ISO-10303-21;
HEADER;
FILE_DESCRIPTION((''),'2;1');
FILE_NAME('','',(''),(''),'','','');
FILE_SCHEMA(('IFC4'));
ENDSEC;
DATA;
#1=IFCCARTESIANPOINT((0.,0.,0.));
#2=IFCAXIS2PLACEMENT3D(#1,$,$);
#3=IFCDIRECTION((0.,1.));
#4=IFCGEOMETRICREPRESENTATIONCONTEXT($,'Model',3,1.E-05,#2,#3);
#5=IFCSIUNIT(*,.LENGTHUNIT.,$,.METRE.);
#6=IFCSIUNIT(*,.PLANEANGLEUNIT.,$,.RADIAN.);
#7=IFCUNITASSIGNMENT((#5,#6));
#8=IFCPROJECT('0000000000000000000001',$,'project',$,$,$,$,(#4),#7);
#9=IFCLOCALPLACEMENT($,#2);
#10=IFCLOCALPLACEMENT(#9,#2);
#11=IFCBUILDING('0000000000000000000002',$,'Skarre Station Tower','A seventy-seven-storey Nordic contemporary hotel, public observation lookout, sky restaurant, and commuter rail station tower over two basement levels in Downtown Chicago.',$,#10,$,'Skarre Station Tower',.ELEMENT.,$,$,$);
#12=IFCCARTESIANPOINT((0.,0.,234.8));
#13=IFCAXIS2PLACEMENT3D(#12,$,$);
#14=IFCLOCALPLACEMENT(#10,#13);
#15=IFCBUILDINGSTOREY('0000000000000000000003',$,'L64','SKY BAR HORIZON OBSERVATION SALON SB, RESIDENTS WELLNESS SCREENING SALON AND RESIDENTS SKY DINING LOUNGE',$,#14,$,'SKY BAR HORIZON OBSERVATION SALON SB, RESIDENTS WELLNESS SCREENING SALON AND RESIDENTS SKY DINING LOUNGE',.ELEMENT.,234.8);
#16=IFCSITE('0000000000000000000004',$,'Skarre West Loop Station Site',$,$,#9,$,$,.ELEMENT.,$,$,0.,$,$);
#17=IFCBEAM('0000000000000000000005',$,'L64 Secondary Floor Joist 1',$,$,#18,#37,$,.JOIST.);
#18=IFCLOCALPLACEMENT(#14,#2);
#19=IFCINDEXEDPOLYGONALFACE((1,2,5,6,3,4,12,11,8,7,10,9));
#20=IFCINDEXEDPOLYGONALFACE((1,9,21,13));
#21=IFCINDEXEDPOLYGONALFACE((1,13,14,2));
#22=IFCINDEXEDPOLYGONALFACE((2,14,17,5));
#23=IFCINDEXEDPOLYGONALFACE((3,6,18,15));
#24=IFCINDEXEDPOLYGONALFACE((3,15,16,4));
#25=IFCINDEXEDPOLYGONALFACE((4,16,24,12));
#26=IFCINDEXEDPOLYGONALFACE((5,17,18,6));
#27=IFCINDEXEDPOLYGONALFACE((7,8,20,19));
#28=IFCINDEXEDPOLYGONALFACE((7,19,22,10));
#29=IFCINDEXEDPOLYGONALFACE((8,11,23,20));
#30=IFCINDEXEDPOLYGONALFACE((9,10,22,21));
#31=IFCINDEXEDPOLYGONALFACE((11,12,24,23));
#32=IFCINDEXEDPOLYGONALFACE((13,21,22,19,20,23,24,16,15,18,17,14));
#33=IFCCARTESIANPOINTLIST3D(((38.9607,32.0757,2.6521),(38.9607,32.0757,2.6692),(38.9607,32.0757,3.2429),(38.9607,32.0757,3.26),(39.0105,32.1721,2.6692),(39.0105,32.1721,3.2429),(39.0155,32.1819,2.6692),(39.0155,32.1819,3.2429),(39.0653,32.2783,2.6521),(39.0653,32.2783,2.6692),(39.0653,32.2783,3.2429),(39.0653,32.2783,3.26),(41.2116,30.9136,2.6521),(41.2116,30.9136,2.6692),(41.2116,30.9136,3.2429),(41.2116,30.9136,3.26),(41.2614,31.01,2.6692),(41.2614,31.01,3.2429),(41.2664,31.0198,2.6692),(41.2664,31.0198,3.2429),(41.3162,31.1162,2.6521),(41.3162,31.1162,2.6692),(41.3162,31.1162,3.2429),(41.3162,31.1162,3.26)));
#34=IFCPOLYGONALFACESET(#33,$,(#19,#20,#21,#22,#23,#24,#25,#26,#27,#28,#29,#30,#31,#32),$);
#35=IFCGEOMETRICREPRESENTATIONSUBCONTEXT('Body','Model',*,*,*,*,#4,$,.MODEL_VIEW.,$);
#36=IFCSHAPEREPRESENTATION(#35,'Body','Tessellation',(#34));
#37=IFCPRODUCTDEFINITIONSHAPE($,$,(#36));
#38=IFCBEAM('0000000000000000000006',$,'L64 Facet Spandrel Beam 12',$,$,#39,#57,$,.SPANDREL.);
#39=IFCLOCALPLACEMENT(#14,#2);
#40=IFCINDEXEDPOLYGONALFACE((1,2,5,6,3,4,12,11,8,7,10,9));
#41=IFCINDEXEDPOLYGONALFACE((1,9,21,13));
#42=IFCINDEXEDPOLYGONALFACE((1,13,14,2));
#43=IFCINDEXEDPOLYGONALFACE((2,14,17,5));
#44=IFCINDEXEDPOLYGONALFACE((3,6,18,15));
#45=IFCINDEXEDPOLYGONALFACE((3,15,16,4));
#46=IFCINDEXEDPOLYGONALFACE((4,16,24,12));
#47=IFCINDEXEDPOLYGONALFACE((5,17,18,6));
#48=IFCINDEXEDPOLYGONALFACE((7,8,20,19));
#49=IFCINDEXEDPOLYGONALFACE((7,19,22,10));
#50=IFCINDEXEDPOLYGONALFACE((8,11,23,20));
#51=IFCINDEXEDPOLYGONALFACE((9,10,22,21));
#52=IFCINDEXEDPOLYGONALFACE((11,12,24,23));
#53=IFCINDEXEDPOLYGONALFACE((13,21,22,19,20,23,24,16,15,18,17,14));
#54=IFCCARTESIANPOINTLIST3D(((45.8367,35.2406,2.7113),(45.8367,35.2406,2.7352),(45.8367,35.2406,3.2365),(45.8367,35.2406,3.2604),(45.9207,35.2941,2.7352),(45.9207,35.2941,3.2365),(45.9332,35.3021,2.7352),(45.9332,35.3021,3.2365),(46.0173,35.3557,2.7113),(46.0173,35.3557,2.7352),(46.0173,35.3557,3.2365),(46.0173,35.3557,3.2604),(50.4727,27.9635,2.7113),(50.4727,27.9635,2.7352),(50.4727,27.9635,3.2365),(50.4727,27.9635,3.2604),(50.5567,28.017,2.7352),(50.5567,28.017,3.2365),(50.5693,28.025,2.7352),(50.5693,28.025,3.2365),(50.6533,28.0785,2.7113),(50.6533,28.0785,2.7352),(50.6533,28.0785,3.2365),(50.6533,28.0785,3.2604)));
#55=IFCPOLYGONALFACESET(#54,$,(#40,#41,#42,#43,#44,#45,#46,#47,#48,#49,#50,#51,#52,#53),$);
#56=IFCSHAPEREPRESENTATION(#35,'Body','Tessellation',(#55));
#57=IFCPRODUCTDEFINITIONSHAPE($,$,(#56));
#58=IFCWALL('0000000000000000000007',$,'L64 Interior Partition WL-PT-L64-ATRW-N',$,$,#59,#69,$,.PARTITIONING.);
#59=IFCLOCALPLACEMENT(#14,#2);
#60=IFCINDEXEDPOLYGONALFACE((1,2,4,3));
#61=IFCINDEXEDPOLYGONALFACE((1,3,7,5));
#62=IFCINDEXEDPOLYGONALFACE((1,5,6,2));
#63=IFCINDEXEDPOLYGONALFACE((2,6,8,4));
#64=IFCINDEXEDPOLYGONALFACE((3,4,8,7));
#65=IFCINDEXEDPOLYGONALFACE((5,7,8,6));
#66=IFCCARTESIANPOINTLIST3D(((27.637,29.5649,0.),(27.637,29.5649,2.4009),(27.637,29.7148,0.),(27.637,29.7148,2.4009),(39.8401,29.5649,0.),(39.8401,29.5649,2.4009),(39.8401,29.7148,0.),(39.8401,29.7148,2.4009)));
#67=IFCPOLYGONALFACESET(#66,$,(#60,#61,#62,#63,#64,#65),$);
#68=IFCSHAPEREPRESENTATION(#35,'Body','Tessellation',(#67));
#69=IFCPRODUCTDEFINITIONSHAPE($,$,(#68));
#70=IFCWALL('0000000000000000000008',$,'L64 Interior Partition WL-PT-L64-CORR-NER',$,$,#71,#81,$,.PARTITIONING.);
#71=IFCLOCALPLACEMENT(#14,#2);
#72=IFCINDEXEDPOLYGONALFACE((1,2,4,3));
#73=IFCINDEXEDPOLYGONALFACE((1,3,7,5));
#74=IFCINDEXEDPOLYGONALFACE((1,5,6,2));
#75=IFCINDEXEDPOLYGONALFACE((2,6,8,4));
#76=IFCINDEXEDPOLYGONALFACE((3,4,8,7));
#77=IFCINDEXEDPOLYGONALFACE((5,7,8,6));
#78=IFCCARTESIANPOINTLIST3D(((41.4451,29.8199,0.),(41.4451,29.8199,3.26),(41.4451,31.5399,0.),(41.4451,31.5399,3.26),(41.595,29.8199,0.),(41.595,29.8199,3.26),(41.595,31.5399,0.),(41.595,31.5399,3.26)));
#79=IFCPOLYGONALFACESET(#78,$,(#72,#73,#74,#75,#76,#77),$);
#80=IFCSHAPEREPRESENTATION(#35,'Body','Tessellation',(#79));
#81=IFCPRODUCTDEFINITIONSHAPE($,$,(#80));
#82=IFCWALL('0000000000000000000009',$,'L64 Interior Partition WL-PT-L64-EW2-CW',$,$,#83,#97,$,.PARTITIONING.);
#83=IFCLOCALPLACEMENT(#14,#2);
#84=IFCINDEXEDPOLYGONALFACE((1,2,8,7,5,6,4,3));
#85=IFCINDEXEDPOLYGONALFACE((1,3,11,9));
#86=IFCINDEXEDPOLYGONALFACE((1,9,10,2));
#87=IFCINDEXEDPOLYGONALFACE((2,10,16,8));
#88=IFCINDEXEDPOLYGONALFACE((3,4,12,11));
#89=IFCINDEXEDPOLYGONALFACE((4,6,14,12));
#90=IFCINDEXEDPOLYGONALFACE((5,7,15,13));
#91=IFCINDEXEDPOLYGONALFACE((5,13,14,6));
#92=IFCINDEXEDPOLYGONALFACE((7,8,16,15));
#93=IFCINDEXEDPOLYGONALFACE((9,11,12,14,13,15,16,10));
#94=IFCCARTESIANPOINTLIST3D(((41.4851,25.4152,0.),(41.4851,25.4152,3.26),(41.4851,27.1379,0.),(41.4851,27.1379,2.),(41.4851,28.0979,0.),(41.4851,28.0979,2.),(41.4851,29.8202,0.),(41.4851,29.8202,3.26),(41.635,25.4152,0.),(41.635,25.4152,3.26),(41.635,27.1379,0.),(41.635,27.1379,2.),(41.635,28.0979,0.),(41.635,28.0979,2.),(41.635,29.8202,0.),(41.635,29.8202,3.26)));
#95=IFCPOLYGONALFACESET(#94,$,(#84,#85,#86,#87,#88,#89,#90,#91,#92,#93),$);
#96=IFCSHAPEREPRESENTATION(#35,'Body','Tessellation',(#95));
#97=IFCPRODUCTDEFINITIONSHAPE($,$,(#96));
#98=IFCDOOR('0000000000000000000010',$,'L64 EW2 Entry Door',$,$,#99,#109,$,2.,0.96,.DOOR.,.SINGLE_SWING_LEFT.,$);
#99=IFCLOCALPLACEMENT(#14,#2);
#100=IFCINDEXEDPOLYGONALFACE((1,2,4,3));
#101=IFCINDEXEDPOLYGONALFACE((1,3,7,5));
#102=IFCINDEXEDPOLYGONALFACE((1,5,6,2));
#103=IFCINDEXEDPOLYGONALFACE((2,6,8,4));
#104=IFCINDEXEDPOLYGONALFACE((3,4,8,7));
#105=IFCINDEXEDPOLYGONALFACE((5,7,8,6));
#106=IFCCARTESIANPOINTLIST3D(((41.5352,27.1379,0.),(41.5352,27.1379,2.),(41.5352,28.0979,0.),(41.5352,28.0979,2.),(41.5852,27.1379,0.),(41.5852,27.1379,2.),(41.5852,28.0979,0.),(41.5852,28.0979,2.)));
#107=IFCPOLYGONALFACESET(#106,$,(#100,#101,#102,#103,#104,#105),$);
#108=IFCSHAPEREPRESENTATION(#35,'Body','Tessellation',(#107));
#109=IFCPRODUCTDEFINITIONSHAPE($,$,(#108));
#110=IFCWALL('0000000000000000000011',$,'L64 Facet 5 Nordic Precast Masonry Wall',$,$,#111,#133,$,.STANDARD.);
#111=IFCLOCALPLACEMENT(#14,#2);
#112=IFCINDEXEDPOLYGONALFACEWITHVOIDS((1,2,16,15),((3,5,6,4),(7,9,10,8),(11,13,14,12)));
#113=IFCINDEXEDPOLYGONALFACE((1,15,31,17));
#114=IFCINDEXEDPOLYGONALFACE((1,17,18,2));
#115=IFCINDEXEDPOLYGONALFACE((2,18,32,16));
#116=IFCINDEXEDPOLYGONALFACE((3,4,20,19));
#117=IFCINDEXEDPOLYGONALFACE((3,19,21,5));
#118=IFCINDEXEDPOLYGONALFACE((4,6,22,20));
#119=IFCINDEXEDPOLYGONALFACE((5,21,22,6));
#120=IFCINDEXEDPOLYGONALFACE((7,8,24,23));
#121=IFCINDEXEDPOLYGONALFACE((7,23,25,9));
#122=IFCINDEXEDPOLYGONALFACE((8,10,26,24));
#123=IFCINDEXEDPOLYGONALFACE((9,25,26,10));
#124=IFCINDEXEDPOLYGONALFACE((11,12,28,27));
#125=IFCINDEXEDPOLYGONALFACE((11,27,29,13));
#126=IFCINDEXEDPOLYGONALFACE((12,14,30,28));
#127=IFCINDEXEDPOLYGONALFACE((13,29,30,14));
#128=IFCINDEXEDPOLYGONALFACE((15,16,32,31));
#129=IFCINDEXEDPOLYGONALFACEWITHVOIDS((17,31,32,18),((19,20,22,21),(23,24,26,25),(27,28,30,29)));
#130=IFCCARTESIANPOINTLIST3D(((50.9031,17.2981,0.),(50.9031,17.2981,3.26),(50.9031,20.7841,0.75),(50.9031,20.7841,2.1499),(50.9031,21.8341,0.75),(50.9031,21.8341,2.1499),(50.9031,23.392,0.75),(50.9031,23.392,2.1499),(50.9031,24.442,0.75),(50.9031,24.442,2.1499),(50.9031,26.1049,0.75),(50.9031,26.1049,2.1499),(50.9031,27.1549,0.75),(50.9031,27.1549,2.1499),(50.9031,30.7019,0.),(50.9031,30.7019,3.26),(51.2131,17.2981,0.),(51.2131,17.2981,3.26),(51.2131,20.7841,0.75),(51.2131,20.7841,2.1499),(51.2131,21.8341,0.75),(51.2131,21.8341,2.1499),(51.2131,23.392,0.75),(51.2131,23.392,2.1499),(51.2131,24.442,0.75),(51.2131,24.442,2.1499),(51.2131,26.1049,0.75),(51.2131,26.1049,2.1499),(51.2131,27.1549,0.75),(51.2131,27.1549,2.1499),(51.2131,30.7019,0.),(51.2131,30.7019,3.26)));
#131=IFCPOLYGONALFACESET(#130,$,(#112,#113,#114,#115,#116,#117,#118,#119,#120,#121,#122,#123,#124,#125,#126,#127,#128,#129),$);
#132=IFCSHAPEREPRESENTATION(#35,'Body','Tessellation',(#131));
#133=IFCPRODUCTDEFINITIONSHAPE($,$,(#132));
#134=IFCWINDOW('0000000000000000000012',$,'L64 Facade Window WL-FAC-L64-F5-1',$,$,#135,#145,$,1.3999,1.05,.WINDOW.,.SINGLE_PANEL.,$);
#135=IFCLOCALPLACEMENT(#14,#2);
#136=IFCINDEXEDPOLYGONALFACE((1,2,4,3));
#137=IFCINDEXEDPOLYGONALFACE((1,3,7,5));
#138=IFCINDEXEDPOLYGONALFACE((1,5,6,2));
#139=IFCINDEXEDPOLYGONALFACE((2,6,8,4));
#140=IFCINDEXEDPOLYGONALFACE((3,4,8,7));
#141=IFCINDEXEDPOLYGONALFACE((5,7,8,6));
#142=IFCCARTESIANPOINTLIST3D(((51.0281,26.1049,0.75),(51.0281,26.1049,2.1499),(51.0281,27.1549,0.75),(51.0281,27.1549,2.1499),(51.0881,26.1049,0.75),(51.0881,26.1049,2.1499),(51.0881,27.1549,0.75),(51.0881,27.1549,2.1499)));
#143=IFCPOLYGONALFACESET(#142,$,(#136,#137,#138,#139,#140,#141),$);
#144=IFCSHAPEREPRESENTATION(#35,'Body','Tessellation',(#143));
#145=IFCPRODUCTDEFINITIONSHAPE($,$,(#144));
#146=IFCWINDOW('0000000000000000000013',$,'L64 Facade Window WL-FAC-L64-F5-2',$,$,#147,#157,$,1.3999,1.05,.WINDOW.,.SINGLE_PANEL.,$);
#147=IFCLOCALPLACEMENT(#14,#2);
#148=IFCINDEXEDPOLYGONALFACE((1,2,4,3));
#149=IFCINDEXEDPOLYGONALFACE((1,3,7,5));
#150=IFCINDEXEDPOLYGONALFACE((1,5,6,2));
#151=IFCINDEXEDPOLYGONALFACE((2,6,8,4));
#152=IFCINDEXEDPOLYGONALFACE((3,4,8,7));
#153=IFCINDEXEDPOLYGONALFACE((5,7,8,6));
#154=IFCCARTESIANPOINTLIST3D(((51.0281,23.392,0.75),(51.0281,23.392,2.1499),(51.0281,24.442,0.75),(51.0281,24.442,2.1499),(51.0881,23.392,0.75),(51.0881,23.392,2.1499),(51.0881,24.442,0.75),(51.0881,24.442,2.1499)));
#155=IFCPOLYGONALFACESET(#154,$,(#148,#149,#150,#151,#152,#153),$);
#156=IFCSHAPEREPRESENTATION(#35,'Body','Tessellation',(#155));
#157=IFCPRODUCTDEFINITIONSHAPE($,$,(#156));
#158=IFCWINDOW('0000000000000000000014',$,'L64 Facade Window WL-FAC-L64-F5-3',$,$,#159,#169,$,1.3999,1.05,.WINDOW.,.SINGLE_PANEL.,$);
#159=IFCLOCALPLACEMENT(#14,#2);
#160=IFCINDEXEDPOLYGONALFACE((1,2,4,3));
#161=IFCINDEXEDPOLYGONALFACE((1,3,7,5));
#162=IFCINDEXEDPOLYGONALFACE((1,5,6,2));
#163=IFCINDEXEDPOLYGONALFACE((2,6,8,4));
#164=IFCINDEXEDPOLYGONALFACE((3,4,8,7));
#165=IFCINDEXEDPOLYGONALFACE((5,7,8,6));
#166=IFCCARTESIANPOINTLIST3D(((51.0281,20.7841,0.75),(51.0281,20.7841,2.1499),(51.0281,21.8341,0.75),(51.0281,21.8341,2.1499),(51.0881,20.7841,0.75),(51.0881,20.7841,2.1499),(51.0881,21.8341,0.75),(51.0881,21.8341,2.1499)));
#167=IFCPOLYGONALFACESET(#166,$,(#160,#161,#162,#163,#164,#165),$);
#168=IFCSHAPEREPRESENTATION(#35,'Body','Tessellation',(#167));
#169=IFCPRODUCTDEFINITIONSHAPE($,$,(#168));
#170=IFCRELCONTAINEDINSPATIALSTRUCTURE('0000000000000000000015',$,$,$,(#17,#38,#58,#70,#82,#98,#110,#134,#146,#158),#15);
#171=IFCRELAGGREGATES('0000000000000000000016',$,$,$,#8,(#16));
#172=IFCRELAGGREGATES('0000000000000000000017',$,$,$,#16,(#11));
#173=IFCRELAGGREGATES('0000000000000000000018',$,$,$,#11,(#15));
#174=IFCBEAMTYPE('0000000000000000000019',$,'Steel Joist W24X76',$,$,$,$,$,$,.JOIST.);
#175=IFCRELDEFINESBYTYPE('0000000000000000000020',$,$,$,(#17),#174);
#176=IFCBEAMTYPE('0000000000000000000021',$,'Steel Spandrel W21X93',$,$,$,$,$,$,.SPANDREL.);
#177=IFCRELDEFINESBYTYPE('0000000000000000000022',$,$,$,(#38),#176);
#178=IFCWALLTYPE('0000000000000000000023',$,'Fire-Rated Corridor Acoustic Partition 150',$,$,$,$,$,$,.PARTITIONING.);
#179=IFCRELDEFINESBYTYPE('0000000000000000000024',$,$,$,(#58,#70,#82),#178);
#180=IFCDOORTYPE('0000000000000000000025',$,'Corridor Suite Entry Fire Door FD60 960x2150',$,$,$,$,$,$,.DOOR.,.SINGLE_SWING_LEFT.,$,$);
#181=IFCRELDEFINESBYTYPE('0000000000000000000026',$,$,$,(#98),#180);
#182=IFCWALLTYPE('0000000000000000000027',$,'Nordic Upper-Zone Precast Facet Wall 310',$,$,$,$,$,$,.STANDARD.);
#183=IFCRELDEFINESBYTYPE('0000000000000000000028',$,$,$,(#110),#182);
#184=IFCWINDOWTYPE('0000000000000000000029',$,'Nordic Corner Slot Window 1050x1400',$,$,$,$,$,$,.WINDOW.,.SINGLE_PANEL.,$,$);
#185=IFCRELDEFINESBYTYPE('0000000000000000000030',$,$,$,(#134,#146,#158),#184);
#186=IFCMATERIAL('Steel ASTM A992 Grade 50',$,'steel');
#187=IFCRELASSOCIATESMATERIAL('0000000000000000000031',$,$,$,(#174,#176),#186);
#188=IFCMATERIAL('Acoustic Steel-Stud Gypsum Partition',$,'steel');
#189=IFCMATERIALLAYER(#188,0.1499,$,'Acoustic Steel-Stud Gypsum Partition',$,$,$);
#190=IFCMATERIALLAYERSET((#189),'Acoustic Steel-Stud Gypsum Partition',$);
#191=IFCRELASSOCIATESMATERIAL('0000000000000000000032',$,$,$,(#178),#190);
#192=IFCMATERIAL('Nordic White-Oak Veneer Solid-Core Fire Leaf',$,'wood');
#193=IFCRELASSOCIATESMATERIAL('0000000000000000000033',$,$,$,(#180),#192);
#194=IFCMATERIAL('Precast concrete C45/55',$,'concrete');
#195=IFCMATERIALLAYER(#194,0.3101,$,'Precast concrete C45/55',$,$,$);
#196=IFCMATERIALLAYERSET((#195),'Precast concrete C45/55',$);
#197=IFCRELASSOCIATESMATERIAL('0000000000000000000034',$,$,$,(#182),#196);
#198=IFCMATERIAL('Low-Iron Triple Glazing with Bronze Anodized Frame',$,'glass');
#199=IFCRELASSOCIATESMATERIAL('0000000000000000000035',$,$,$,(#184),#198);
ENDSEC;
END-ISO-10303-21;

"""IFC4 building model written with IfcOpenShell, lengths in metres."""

from ifc_helpers import new_model, si_unit, direction, frame, frame_2d, origin, origin_2d, place, context, subcontext, project, spatial, rectangle, i_section, extrude, material, layer, layer_set, material_profile, profile_set, type_object, element, fill, save


model = new_model("IFC4")

# Units and contexts
model_context = context("Model", 3, precision=1e-05, world=origin(), true_north=direction((0.0, 1.0)))
body_context = subcontext(model_context, "Body", "Model", "MODEL_VIEW")
ifc_project = project(units=[si_unit("LENGTHUNIT", "METRE"), si_unit("PLANEANGLEUNIT", "RADIAN")], contexts=[model_context])

# Site, building, storey
site_placement = place(None, origin())
site = spatial("IfcSite", under=ifc_project, at=site_placement, Name="Skarre West Loop Station Site", CompositionType="ELEMENT", RefElevation=0.0)
building_placement = place(site_placement, origin())
building = spatial("IfcBuilding", under=site, at=building_placement, Name="Skarre Station Tower", Description="A seventy-seven-storey Nordic contemporary hotel, public observation lookout, sky restaurant, and commuter rail station tower over two basement levels in Downtown Chicago.", LongName="Skarre Station Tower", CompositionType="ELEMENT")
storey_placement = place(building_placement, frame((0.0, 0.0, 234.8)))
storey = spatial("IfcBuildingStorey", under=building, at=storey_placement, Name="L64", Description="SKY BAR HORIZON OBSERVATION SALON SB, RESIDENTS WELLNESS SCREENING SALON AND RESIDENTS SKY DINING LOUNGE", LongName="SKY BAR HORIZON OBSERVATION SALON SB, RESIDENTS WELLNESS SCREENING SALON AND RESIDENTS SKY DINING LOUNGE", CompositionType="ELEMENT", Elevation=234.8)

# Beams
ifc_material_1 = material(Name="Steel ASTM A992 Grade 50", Category="steel")
ifc_material_profile_1 = material_profile(ifc_material_1, i_section(OverallWidth=0.228, OverallDepth=0.6079, WebThickness=0.011, FlangeThickness=0.0171, at=origin_2d()), Name="Steel ASTM A992 Grade 50")
ifc_profile_set_1 = profile_set([ifc_material_profile_1], Name="Steel ASTM A992 Grade 50")
beam_type_1 = type_object("IfcBeamType", Name="Steel Joist W24X76", PredefinedType="JOIST", material=ifc_profile_set_1)
beam_1_placement = place(storey_placement, frame((41.2639, 31.0149, 2.9561), z_axis=(-0.88857, 0.458741, 0.0), x_axis=(-0.458741, -0.88857, 0.0)))
element("IfcBeam", 1, at=beam_1_placement, inside=storey, type_object=beam_type_1, Name="L64 Secondary Floor Joist 1", PredefinedType="JOIST", context=body_context, shape_type="SweptSolid", body=[
    extrude(i_section(OverallWidth=0.228, OverallDepth=0.6079, WebThickness=0.011, FlangeThickness=0.0171, at=origin_2d()), origin(), (0.0, 0.0, 1.0), 2.5332),
])
ifc_material_profile_2 = material_profile(ifc_material_1, i_section(OverallWidth=0.2141, OverallDepth=0.5491, WebThickness=0.0149, FlangeThickness=0.0239, at=origin_2d()), Name="Steel ASTM A992 Grade 50")
ifc_profile_set_2 = profile_set([ifc_material_profile_2], Name="Steel ASTM A992 Grade 50")
beam_type_2 = type_object("IfcBeamType", Name="Steel Spandrel W21X93", PredefinedType="SPANDREL", material=ifc_profile_set_2)
beam_2_placement = place(storey_placement, frame((50.563, 28.021, 2.9858), z_axis=(-0.537297, 0.843393, 0.0), x_axis=(-0.843393, -0.537297, 0.0)))
element("IfcBeam", 2, at=beam_2_placement, inside=storey, type_object=beam_type_2, Name="L64 Facet Spandrel Beam 12", PredefinedType="SPANDREL", context=body_context, shape_type="SweptSolid", body=[
    extrude(i_section(OverallWidth=0.2141, OverallDepth=0.5491, WebThickness=0.0149, FlangeThickness=0.0239, at=origin_2d()), origin(), (0.0, 0.0, 1.0), 8.6284),
])

# Walls
ifc_material_2 = material(Name="Acoustic Steel-Stud Gypsum Partition", Category="steel")
ifc_layer_1 = layer(ifc_material_2, 0.1499, Name="Acoustic Steel-Stud Gypsum Partition")
ifc_layer_set_1 = layer_set([ifc_layer_1], Name="Acoustic Steel-Stud Gypsum Partition")
wall_type_1 = type_object("IfcWallType", Name="Fire-Rated Corridor Acoustic Partition 150", PredefinedType="PARTITIONING", material=ifc_layer_set_1)
wall_1_placement = place(storey_placement, frame((39.8401, 29.6399, 0.0), z_axis=(0.0, 0.0, 1.0), x_axis=(-1.0, 0.0, 0.0)))
element("IfcWall", 3, at=wall_1_placement, inside=storey, type_object=wall_type_1, Name="L64 Interior Partition WL-PT-L64-ATRW-N", PredefinedType="PARTITIONING", context=body_context, shape_type="SweptSolid", body=[
    extrude(rectangle(XDim=12.2031, YDim=0.1499, at=frame_2d((6.1016, 0.0))), origin(), (0.0, 0.0, 1.0), 2.4009),
])
wall_2_placement = place(storey_placement, frame((41.52, 29.8201, 0.0), z_axis=(0.0, 0.0, 1.0), x_axis=(0.0, 1.0, 0.0)))
element("IfcWall", 4, at=wall_2_placement, inside=storey, type_object=wall_type_1, Name="L64 Interior Partition WL-PT-L64-CORR-NER", PredefinedType="PARTITIONING", context=body_context, shape_type="SweptSolid", body=[
    extrude(rectangle(XDim=1.72, YDim=0.1499, at=frame_2d((0.8599, 0.0))), origin(), (0.0, 0.0, 1.0), 3.26),
])

# Wall, opening, door
wall_3_placement = place(storey_placement, frame((41.5601, 25.415, 0.0), z_axis=(0.0, 0.0, 1.0), x_axis=(0.0, 1.0, 0.0)))
wall_3 = element("IfcWall", 5, at=wall_3_placement, inside=storey, type_object=wall_type_1, Name="L64 Interior Partition WL-PT-L64-EW2-CW", PredefinedType="PARTITIONING", context=body_context, shape_type="SweptSolid", body=[
    extrude(rectangle(XDim=4.405, YDim=0.1499, at=frame_2d((2.2026, 0.0))), origin(), (0.0, 0.0, 1.0), 3.26),
])
opening_1_placement = place(wall_3_placement, frame((1.7229, 0.0, 0.0)))
opening_1 = element("IfcOpeningElement", 6, at=opening_1_placement, cuts=wall_3, PredefinedType="OPENING", context=body_context, shape_type="SweptSolid", body=[
    extrude(rectangle(XDim=0.96, YDim=2.0, at=frame_2d((0.48, 1.0))), frame((0.0, 0.085, 0.0), z_axis=(0.0, -1.0, 0.0), x_axis=(1.0, 0.0, 0.0)), (0.0, 0.0, 1.0), 0.1699),
])
ifc_material_3 = material(Name="Nordic White-Oak Veneer Solid-Core Fire Leaf", Category="wood")
door_type = type_object("IfcDoorType", Name="Corridor Suite Entry Fire Door FD60 960x2150", OperationType="SINGLE_SWING_LEFT", PredefinedType="DOOR", material=ifc_material_3)
door_placement = place(opening_1_placement, origin())
door = element("IfcDoor", 7, at=door_placement, inside=storey, type_object=door_type, Name="L64 EW2 Entry Door", OperationType="SINGLE_SWING_LEFT", OverallHeight=2.0, OverallWidth=0.96, PredefinedType="DOOR", context=body_context, shape_type="SweptSolid", body=[
    extrude(rectangle(XDim=0.96, YDim=2.0, at=frame_2d((0.48, 1.0))), frame((0.0, 0.0249, 0.0), z_axis=(0.0, -1.0, 0.0), x_axis=(1.0, 0.0, 0.0)), (0.0, 0.0, 1.0), 0.05),
])
fill(opening_1, door)

# Wall, openings, windows
ifc_material_4 = material(Name="Precast concrete C45/55", Category="concrete")
ifc_layer_2 = layer(ifc_material_4, 0.3101, Name="Precast concrete C45/55")
ifc_layer_set_2 = layer_set([ifc_layer_2], Name="Precast concrete C45/55")
wall_type_2 = type_object("IfcWallType", Name="Nordic Upper-Zone Precast Facet Wall 310", PredefinedType="STANDARD", material=ifc_layer_set_2)
wall_4_placement = place(storey_placement, frame((51.0581, 30.7019, 0.0), z_axis=(0.0, 0.0, 1.0), x_axis=(0.0, -1.0, 0.0)))
wall_4 = element("IfcWall", 8, at=wall_4_placement, inside=storey, type_object=wall_type_2, Name="L64 Facet 5 Nordic Precast Masonry Wall", PredefinedType="STANDARD", context=body_context, shape_type="SweptSolid", body=[
    extrude(rectangle(XDim=13.4038, YDim=0.3101, at=frame_2d((6.7019, 0.0))), origin(), (0.0, 0.0, 1.0), 3.26),
])
opening_2_placement = place(wall_4_placement, frame((3.5471, 0.0, 0.75)))
opening_2 = element("IfcOpeningElement", 9, at=opening_2_placement, cuts=wall_4, PredefinedType="OPENING", context=body_context, shape_type="SweptSolid", body=[
    extrude(rectangle(XDim=1.05, YDim=1.3999, at=frame_2d((0.5249, 0.7))), frame((0.0, 0.165, 0.0), z_axis=(0.0, -1.0, 0.0), x_axis=(1.0, 0.0, 0.0)), (0.0, 0.0, 1.0), 0.3301),
])
opening_3_placement = place(wall_4_placement, frame((6.26, 0.0, 0.75)))
opening_3 = element("IfcOpeningElement", 10, at=opening_3_placement, cuts=wall_4, PredefinedType="OPENING", context=body_context, shape_type="SweptSolid", body=[
    extrude(rectangle(XDim=1.05, YDim=1.3999, at=frame_2d((0.5249, 0.7))), frame((0.0, 0.165, 0.0), z_axis=(0.0, -1.0, 0.0), x_axis=(1.0, 0.0, 0.0)), (0.0, 0.0, 1.0), 0.3301),
])
opening_4_placement = place(wall_4_placement, frame((8.8679, 0.0, 0.75)))
opening_4 = element("IfcOpeningElement", 11, at=opening_4_placement, cuts=wall_4, PredefinedType="OPENING", context=body_context, shape_type="SweptSolid", body=[
    extrude(rectangle(XDim=1.05, YDim=1.3999, at=frame_2d((0.5249, 0.7))), frame((0.0, 0.165, 0.0), z_axis=(0.0, -1.0, 0.0), x_axis=(1.0, 0.0, 0.0)), (0.0, 0.0, 1.0), 0.3301),
])
ifc_material_5 = material(Name="Low-Iron Triple Glazing with Bronze Anodized Frame", Category="glass")
window_type = type_object("IfcWindowType", Name="Nordic Corner Slot Window 1050x1400", PartitioningType="SINGLE_PANEL", PredefinedType="WINDOW", material=ifc_material_5)
window_1_placement = place(opening_2_placement, origin())
window_1 = element("IfcWindow", 12, at=window_1_placement, inside=storey, type_object=window_type, Name="L64 Facade Window WL-FAC-L64-F5-1", OverallHeight=1.3999, OverallWidth=1.05, PartitioningType="SINGLE_PANEL", PredefinedType="WINDOW", context=body_context, shape_type="SweptSolid", body=[
    extrude(rectangle(XDim=1.05, YDim=1.3999, at=frame_2d((0.5249, 0.7))), frame((0.0, 0.03, 0.0), z_axis=(0.0, -1.0, 0.0), x_axis=(1.0, 0.0, 0.0)), (0.0, 0.0, 1.0), 0.0601),
])
fill(opening_2, window_1)
window_2_placement = place(opening_3_placement, origin())
window_2 = element("IfcWindow", 13, at=window_2_placement, inside=storey, type_object=window_type, Name="L64 Facade Window WL-FAC-L64-F5-2", OverallHeight=1.3999, OverallWidth=1.05, PartitioningType="SINGLE_PANEL", PredefinedType="WINDOW", context=body_context, shape_type="SweptSolid", body=[
    extrude(rectangle(XDim=1.05, YDim=1.3999, at=frame_2d((0.5249, 0.7))), frame((0.0, 0.03, 0.0), z_axis=(0.0, -1.0, 0.0), x_axis=(1.0, 0.0, 0.0)), (0.0, 0.0, 1.0), 0.0601),
])
fill(opening_3, window_2)
window_3_placement = place(opening_4_placement, origin())
window_3 = element("IfcWindow", 14, at=window_3_placement, inside=storey, type_object=window_type, Name="L64 Facade Window WL-FAC-L64-F5-3", OverallHeight=1.3999, OverallWidth=1.05, PartitioningType="SINGLE_PANEL", PredefinedType="WINDOW", context=body_context, shape_type="SweptSolid", body=[
    extrude(rectangle(XDim=1.05, YDim=1.3999, at=frame_2d((0.5249, 0.7))), frame((0.0, 0.03, 0.0), z_axis=(0.0, -1.0, 0.0), x_axis=(1.0, 0.0, 0.0)), (0.0, 0.0, 1.0), 0.0601),
])
fill(opening_4, window_3)

save(model, "model.ifc")
